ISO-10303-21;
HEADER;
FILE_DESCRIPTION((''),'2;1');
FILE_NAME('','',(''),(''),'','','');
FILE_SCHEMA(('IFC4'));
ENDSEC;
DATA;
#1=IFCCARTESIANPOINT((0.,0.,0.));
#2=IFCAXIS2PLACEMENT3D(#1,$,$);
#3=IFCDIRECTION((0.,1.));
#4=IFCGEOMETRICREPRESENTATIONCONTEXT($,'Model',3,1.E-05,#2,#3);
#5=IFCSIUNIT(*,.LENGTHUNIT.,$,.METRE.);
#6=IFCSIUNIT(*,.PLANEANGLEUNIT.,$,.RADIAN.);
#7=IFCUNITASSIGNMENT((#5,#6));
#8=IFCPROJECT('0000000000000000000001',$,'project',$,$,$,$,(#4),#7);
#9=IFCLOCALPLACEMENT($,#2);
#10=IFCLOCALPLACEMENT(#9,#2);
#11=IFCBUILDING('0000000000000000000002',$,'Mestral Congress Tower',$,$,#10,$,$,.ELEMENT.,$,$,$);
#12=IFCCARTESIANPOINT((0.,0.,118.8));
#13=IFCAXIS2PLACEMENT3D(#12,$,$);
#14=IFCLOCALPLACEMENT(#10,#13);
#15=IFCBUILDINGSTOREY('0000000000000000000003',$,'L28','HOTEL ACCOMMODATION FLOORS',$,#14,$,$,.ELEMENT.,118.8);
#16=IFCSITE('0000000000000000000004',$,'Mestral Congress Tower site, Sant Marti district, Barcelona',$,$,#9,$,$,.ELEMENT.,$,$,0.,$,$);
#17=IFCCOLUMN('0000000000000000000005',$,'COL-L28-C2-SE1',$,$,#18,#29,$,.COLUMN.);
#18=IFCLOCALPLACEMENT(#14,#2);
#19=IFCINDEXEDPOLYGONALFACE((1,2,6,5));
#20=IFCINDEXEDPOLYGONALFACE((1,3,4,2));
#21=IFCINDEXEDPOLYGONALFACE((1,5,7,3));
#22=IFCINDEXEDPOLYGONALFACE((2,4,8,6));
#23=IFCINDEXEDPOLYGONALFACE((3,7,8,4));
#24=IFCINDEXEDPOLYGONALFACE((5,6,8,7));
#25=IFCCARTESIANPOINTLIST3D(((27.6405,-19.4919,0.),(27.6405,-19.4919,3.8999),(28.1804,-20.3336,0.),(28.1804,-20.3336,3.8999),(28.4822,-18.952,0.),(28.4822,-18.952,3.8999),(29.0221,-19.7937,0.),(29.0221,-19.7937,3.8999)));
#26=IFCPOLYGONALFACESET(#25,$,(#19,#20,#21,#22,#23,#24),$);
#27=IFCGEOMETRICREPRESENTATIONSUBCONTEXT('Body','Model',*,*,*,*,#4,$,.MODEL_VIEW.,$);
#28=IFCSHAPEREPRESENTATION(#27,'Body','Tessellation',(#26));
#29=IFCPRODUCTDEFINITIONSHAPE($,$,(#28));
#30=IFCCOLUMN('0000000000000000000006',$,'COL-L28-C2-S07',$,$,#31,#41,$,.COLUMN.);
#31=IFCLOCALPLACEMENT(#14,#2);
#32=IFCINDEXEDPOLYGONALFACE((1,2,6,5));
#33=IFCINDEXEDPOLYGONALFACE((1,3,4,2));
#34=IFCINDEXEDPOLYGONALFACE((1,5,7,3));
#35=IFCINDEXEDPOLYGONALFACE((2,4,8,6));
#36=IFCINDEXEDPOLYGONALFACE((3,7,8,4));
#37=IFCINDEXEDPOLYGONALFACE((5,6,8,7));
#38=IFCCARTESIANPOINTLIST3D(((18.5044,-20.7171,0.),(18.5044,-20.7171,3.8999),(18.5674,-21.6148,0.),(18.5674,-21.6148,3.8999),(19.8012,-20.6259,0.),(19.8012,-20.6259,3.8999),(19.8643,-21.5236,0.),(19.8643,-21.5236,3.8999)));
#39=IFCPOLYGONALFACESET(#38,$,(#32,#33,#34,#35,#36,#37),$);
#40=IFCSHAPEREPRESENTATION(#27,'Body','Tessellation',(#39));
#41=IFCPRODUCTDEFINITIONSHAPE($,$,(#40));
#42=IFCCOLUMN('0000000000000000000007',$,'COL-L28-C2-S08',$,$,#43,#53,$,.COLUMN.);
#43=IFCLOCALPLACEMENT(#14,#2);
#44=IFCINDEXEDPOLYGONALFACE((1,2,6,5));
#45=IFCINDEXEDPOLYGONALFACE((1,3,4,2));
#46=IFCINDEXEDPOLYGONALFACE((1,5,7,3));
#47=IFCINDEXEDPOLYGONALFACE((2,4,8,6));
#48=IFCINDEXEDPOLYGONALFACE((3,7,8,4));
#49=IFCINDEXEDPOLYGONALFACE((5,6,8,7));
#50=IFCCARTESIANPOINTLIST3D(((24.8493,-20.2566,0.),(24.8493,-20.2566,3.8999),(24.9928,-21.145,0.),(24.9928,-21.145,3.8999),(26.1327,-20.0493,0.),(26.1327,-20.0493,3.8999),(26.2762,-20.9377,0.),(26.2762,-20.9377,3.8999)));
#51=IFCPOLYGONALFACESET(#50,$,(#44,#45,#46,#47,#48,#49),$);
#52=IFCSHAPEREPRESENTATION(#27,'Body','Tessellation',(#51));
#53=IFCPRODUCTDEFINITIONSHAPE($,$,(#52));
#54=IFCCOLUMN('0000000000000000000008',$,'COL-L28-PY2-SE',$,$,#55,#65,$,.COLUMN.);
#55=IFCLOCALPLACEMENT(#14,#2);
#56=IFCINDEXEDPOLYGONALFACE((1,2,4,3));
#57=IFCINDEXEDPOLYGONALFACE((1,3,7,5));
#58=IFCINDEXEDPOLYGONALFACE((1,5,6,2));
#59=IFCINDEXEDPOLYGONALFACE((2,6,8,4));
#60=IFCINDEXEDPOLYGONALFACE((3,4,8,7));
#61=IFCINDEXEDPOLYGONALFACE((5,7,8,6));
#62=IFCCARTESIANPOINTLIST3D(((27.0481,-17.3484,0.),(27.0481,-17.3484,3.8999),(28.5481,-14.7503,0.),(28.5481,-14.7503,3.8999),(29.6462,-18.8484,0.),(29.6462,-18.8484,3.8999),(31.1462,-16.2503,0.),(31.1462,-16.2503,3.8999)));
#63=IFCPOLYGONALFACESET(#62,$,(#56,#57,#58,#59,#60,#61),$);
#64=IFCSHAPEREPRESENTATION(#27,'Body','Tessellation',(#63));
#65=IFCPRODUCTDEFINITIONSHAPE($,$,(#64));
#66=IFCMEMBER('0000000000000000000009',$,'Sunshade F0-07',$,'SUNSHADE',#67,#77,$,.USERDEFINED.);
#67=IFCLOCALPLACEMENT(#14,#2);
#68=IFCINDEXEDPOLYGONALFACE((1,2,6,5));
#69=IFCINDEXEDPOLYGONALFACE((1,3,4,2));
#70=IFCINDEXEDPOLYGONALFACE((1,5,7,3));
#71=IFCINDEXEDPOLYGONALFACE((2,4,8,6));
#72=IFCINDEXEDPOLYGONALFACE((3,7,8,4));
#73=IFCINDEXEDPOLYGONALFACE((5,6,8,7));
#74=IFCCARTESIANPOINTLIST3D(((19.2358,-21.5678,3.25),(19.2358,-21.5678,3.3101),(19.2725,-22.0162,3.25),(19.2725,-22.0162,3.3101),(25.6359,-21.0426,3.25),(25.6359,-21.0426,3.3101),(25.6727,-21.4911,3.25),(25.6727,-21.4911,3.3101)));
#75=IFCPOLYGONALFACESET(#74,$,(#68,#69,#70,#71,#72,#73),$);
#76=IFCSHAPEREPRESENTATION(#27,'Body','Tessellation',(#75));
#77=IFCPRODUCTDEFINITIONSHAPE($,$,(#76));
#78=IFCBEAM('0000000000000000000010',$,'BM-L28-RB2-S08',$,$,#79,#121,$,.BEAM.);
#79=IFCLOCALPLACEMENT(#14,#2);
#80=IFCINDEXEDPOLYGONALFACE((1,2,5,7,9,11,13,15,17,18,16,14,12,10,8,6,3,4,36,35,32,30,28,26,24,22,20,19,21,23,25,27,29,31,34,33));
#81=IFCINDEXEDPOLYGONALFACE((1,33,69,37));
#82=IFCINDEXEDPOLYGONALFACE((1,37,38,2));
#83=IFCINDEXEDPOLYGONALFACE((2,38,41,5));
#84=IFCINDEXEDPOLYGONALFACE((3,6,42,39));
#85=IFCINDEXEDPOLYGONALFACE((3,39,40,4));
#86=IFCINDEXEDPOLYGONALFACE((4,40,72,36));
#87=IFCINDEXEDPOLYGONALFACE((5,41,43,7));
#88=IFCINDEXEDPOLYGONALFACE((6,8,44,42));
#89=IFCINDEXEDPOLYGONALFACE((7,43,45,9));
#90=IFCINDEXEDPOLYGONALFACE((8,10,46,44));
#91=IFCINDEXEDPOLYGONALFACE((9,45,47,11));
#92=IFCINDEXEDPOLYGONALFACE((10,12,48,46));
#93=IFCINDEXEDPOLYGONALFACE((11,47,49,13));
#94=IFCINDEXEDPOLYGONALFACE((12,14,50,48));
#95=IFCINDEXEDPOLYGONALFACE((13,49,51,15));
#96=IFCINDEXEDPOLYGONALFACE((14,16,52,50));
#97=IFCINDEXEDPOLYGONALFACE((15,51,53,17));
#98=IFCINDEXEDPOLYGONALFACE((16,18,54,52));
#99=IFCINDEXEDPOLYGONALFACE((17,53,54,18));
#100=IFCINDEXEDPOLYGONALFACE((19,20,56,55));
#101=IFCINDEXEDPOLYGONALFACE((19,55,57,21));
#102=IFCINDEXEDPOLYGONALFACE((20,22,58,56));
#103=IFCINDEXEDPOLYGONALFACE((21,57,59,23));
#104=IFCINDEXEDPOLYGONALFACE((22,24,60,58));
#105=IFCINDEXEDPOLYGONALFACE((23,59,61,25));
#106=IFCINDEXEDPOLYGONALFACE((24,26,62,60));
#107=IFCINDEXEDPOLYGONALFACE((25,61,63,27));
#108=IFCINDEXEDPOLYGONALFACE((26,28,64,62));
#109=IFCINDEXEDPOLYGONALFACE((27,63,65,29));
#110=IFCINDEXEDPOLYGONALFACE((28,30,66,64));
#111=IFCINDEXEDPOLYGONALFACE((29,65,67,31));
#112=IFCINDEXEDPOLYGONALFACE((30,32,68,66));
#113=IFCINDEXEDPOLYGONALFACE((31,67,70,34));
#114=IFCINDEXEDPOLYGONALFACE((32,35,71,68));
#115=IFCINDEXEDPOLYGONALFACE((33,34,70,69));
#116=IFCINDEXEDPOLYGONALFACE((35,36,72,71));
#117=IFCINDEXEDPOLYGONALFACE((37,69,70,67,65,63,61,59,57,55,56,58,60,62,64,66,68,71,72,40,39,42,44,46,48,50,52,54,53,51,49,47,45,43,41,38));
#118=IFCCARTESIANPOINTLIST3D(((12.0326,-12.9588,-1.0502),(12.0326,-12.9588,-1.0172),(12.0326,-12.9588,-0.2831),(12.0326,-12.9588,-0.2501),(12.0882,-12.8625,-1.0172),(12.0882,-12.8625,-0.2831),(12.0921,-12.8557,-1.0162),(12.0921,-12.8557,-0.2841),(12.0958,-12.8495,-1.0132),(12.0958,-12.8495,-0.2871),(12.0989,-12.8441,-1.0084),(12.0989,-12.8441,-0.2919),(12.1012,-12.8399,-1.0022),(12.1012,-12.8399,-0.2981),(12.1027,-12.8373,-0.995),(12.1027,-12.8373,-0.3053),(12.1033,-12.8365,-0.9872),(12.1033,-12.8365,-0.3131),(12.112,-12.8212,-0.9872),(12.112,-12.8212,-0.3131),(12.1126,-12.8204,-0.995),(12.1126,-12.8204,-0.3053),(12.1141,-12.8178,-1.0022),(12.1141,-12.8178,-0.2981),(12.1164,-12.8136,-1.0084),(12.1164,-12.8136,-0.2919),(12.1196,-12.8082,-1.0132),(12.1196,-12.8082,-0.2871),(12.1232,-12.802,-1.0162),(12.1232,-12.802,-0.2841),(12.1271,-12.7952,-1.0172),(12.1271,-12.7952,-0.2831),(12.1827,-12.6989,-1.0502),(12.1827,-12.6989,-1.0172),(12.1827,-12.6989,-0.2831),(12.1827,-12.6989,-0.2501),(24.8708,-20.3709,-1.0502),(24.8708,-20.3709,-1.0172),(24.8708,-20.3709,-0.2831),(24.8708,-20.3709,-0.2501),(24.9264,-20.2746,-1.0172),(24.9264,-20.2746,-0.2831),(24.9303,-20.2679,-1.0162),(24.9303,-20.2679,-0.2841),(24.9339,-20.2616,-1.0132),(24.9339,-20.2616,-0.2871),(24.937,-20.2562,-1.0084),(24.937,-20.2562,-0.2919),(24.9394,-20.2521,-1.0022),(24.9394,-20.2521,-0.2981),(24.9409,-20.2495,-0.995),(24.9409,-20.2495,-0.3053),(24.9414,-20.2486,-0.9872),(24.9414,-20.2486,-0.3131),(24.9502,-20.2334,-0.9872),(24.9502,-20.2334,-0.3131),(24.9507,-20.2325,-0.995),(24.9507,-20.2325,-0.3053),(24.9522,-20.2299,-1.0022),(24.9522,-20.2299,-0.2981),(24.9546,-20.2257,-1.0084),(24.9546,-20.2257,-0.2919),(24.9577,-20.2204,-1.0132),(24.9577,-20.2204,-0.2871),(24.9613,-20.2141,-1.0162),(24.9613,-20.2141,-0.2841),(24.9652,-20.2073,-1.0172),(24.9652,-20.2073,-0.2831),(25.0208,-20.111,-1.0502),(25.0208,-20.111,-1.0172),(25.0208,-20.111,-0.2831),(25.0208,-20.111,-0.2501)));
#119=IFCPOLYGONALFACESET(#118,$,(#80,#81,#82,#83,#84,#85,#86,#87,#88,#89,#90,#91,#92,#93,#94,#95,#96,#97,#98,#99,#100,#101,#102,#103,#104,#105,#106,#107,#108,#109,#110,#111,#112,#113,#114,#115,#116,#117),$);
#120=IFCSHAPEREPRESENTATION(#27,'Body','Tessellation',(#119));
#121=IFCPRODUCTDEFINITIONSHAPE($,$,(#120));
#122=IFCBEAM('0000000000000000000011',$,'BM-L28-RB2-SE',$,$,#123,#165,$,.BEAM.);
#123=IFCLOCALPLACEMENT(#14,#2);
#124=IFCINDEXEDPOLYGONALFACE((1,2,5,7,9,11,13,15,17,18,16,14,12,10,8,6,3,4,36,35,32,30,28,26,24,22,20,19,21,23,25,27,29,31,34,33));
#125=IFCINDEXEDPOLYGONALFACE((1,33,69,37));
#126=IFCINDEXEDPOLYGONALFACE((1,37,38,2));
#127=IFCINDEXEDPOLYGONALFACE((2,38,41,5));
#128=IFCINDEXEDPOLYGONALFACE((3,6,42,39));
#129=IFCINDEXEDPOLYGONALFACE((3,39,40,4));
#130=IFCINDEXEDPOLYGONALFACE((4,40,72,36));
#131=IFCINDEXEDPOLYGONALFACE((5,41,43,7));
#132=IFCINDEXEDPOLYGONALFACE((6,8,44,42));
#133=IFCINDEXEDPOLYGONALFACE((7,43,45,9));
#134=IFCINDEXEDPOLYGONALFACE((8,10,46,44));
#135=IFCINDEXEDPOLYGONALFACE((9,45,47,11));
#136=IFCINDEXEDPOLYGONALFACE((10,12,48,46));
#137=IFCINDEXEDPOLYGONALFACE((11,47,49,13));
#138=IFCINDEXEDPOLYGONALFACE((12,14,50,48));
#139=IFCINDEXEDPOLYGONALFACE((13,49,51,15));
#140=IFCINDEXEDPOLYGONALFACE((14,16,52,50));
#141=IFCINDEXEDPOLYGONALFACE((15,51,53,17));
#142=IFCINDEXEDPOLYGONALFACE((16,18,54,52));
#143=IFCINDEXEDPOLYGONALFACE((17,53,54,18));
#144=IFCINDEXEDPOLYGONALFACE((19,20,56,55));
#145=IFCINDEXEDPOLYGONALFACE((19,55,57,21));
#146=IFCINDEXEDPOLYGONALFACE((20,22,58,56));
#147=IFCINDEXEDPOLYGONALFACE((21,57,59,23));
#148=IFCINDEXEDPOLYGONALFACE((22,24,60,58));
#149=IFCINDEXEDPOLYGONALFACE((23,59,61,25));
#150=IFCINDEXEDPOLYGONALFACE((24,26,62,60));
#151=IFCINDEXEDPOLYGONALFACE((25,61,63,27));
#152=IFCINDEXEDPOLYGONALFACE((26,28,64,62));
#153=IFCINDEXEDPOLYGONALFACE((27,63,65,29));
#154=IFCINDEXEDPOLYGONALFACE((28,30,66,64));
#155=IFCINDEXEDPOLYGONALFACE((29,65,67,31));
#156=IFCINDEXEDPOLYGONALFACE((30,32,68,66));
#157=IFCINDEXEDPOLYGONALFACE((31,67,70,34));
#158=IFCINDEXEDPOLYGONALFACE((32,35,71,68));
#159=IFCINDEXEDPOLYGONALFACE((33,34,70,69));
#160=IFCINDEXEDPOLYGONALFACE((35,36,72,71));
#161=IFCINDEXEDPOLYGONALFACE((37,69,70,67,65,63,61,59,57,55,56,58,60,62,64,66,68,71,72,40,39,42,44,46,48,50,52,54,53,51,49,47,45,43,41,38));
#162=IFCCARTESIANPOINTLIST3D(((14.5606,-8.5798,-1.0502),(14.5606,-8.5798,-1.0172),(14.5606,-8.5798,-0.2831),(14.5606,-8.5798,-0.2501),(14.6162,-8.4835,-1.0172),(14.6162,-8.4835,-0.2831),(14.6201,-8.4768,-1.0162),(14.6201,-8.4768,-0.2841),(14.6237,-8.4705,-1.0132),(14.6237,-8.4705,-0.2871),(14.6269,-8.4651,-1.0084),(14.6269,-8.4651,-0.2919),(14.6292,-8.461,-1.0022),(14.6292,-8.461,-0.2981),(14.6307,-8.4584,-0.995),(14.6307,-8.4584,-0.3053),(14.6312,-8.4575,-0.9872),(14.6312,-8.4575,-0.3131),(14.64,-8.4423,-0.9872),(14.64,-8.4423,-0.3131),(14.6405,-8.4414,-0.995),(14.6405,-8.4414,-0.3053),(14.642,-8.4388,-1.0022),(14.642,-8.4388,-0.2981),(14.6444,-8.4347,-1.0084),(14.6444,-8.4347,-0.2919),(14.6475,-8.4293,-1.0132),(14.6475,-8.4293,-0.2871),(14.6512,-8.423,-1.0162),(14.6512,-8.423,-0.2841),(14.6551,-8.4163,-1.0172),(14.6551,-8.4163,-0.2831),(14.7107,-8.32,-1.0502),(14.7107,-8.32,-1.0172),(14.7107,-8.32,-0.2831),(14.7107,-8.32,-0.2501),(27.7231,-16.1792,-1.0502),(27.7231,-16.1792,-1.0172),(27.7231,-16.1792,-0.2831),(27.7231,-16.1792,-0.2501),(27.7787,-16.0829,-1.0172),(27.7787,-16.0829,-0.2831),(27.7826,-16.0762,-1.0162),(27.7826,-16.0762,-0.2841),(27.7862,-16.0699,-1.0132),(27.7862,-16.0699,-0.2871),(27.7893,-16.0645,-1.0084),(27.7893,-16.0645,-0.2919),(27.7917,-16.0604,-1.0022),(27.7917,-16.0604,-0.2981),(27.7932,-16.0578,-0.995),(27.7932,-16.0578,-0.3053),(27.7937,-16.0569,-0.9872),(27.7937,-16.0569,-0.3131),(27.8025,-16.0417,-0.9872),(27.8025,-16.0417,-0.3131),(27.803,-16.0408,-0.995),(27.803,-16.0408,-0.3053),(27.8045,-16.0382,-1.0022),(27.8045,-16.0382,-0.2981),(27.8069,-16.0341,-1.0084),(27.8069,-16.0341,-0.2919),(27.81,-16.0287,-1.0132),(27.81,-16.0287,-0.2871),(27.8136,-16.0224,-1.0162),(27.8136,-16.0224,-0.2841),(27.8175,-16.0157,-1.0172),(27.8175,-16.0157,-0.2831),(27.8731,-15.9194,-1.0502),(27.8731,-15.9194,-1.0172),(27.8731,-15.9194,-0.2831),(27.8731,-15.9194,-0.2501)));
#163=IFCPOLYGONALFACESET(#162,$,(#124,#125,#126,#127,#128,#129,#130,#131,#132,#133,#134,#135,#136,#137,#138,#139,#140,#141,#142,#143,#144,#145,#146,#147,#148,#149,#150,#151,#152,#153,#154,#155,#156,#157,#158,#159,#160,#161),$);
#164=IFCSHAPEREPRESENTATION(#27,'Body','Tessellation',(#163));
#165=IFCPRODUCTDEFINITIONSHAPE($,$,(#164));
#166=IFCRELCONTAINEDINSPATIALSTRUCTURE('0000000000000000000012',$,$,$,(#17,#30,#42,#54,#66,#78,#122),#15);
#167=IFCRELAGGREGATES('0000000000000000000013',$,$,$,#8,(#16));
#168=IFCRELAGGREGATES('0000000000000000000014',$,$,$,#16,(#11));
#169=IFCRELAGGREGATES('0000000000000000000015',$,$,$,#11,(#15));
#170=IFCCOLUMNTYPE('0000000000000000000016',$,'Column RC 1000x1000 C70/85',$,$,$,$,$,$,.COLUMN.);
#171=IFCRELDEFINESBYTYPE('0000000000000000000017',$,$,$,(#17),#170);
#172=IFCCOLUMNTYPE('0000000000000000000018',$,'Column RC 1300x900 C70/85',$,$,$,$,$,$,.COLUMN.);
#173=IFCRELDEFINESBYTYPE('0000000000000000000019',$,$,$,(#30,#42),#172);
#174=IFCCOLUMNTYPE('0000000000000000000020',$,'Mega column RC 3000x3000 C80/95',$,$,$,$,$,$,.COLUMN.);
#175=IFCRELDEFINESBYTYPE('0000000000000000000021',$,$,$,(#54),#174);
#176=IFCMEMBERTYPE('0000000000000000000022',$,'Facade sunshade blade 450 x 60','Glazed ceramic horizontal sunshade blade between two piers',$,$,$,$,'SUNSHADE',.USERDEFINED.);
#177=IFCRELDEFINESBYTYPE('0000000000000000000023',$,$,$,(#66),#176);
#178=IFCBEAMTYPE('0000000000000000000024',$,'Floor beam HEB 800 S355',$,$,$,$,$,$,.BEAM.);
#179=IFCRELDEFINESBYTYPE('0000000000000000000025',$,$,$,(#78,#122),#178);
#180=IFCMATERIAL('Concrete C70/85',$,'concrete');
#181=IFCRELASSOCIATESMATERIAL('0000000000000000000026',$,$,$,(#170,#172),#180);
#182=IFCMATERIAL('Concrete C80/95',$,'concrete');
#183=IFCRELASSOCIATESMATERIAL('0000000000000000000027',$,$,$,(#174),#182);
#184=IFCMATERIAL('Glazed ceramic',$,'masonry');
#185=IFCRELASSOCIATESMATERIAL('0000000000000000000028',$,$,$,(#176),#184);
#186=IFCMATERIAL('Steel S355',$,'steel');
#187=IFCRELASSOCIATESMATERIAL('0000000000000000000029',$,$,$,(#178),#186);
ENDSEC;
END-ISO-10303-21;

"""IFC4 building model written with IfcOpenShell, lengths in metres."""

from ifc_helpers import new_model, si_unit, direction, frame, origin, origin_2d, place, context, subcontext, project, spatial, rectangle, i_section, extrude, material, material_profile, profile_set, type_object, element, save


model = new_model("IFC4")

# Units and contexts
model_context = context("Model", 3, precision=1e-05, world=origin(), true_north=direction((0.0, 1.0)))
body_context = subcontext(model_context, "Body", "Model", "MODEL_VIEW")
ifc_project = project(units=[si_unit("LENGTHUNIT", "METRE"), si_unit("PLANEANGLEUNIT", "RADIAN")], contexts=[model_context])

# Site, building, storey
site_placement = place(None, origin())
site = spatial("IfcSite", under=ifc_project, at=site_placement, Name="Mestral Congress Tower site, Sant Marti district, Barcelona", CompositionType="ELEMENT", RefElevation=0.0)
building_placement = place(site_placement, origin())
building = spatial("IfcBuilding", under=site, at=building_placement, Name="Mestral Congress Tower", CompositionType="ELEMENT")
storey_placement = place(building_placement, frame((0.0, 0.0, 118.8)))
storey = spatial("IfcBuildingStorey", under=building, at=storey_placement, Name="L28", Description="HOTEL ACCOMMODATION FLOORS", CompositionType="ELEMENT", Elevation=118.8)

# Columns
ifc_material_1 = material(Name="Concrete C70/85", Category="concrete")
ifc_material_profile_1 = material_profile(ifc_material_1, rectangle(XDim=1.0, YDim=1.0, at=origin_2d()), Name="RC 1000x1000")
ifc_profile_set_1 = profile_set([ifc_material_profile_1], Name="Concrete C70/85")
column_type_1 = type_object("IfcColumnType", Name="Column RC 1000x1000 C70/85", PredefinedType="COLUMN", material=ifc_profile_set_1)
column_1_placement = place(storey_placement, frame((28.3313, -19.6428, 0.0), z_axis=(0.0, 0.0, 1.0), x_axis=(0.8417, 0.539945, 0.0)))
element("IfcColumn", 1, at=column_1_placement, inside=storey, type_object=column_type_1, Name="COL-L28-C2-SE1", PredefinedType="COLUMN", context=body_context, shape_type="SweptSolid", body=[
    extrude(rectangle(XDim=1.0, YDim=1.0, at=origin_2d()), origin(), (0.0, 0.0, 1.0), 3.8999),
])
ifc_material_profile_2 = material_profile(ifc_material_1, rectangle(XDim=1.3, YDim=0.8999, at=origin_2d()), Name="RC 1300x900")
ifc_profile_set_2 = profile_set([ifc_material_profile_2], Name="Concrete C70/85")
column_type_2 = type_object("IfcColumnType", Name="Column RC 1300x900 C70/85", PredefinedType="COLUMN", material=ifc_profile_set_2)
for number, where, z_axis, x_axis, name in (
    (2, (19.1843, -21.1204, 0.0), (0.0, 0.0, 1.0), (0.99754, 0.070101, 0.0), "COL-L28-C2-S07"),
    (3, (25.5627, -20.5972, 0.0), (0.0, 0.0, 1.0), (0.987202, 0.159473, 0.0), "COL-L28-C2-S08"),
):
    element("IfcColumn", number, at=place(storey_placement, frame(where, z_axis=z_axis, x_axis=x_axis)), inside=storey, type_object=column_type_2, Name=name, PredefinedType="COLUMN", context=body_context, shape_type="SweptSolid", body=[
        extrude(rectangle(XDim=1.3, YDim=0.8999, at=origin_2d()), origin(), (0.0, 0.0, 1.0), 3.8999),
    ])
ifc_material_2 = material(Name="Concrete C80/95", Category="concrete")
ifc_material_profile_3 = material_profile(ifc_material_2, rectangle(XDim=3.0, YDim=3.0, at=origin_2d()), Name="RC 3000x3000")
ifc_profile_set_3 = profile_set([ifc_material_profile_3], Name="Concrete C80/95")
column_type_3 = type_object("IfcColumnType", Name="Mega column RC 3000x3000 C80/95", PredefinedType="COLUMN", material=ifc_profile_set_3)
column_2_placement = place(storey_placement, frame((29.0972, -16.7993, 0.0), z_axis=(0.0, 0.0, 1.0), x_axis=(0.866025, -0.5, 0.0)))
element("IfcColumn", 4, at=column_2_placement, inside=storey, type_object=column_type_3, Name="COL-L28-PY2-SE", PredefinedType="COLUMN", context=body_context, shape_type="SweptSolid", body=[
    extrude(rectangle(XDim=3.0, YDim=3.0, at=origin_2d()), origin(), (0.0, 0.0, 1.0), 3.8999),
])

# Member
ifc_material_3 = material(Name="Glazed ceramic", Category="masonry")
ifc_material_profile_4 = material_profile(ifc_material_3, rectangle(XDim=0.45, YDim=0.0601, at=origin_2d()), Name="Ceramic blade 450 x 60")
ifc_profile_set_4 = profile_set([ifc_material_profile_4], Name="Glazed ceramic")
member_type = type_object("IfcMemberType", Name="Facade sunshade blade 450 x 60", Description="Glazed ceramic horizontal sunshade blade between two piers", ElementType="SUNSHADE", PredefinedType="USERDEFINED", material=ifc_profile_set_4)
member_placement = place(storey_placement, frame((19.2542, -21.792, 3.28), z_axis=(0.996651, 0.081777, 0.0), x_axis=(-0.081777, 0.996651, 0.0)))
element("IfcMember", 5, at=member_placement, inside=storey, type_object=member_type, Name="Sunshade F0-07", ObjectType="SUNSHADE", PredefinedType="USERDEFINED", context=body_context, shape_type="SweptSolid", body=[
    extrude(rectangle(XDim=0.45, YDim=0.0601, at=origin_2d()), origin(), (0.0, 0.0, 1.0), 6.4216),
])

# Beams
ifc_material_4 = material(Name="Steel S355", Category="steel")
ifc_material_profile_5 = material_profile(ifc_material_4, i_section(OverallWidth=0.3, OverallDepth=0.8, WebThickness=0.0176, FlangeThickness=0.033, FilletRadius=0.03, at=origin_2d()), Name="HEB 800")
ifc_profile_set_5 = profile_set([ifc_material_profile_5], Name="Steel S355")
beam_type_1 = type_object("IfcBeamType", Name="Floor beam HEB 800 S355", PredefinedType="BEAM", material=ifc_profile_set_5)
beam_1_placement = place(storey_placement, frame((24.9458, -20.241, -0.6501), z_axis=(-0.866025, 0.5, 0.0), x_axis=(-0.5, -0.866025, 0.0)))
element("IfcBeam", 6, at=beam_1_placement, inside=storey, type_object=beam_type_1, Name="BM-L28-RB2-S08", PredefinedType="BEAM", context=body_context, shape_type="SweptSolid", body=[
    extrude(i_section(OverallWidth=0.3, OverallDepth=0.8, WebThickness=0.0176, FlangeThickness=0.033, FilletRadius=0.03, at=origin_2d()), origin(), (0.0, 0.0, 1.0), 14.8242),
])
beam_2_placement = place(storey_placement, frame((27.7981, -16.0493, -0.6501), z_axis=(-0.866023, 0.500004, 0.0), x_axis=(-0.500004, -0.866023, 0.0)))
element("IfcBeam", 7, at=beam_2_placement, inside=storey, type_object=beam_type_1, Name="BM-L28-RB2-SE", PredefinedType="BEAM", context=body_context, shape_type="SweptSolid", body=[
    extrude(i_section(OverallWidth=0.3, OverallDepth=0.8, WebThickness=0.0176, FlangeThickness=0.033, FilletRadius=0.03, at=origin_2d()), origin(), (0.0, 0.0, 1.0), 15.1987),
])

save(model, "model.ifc")
